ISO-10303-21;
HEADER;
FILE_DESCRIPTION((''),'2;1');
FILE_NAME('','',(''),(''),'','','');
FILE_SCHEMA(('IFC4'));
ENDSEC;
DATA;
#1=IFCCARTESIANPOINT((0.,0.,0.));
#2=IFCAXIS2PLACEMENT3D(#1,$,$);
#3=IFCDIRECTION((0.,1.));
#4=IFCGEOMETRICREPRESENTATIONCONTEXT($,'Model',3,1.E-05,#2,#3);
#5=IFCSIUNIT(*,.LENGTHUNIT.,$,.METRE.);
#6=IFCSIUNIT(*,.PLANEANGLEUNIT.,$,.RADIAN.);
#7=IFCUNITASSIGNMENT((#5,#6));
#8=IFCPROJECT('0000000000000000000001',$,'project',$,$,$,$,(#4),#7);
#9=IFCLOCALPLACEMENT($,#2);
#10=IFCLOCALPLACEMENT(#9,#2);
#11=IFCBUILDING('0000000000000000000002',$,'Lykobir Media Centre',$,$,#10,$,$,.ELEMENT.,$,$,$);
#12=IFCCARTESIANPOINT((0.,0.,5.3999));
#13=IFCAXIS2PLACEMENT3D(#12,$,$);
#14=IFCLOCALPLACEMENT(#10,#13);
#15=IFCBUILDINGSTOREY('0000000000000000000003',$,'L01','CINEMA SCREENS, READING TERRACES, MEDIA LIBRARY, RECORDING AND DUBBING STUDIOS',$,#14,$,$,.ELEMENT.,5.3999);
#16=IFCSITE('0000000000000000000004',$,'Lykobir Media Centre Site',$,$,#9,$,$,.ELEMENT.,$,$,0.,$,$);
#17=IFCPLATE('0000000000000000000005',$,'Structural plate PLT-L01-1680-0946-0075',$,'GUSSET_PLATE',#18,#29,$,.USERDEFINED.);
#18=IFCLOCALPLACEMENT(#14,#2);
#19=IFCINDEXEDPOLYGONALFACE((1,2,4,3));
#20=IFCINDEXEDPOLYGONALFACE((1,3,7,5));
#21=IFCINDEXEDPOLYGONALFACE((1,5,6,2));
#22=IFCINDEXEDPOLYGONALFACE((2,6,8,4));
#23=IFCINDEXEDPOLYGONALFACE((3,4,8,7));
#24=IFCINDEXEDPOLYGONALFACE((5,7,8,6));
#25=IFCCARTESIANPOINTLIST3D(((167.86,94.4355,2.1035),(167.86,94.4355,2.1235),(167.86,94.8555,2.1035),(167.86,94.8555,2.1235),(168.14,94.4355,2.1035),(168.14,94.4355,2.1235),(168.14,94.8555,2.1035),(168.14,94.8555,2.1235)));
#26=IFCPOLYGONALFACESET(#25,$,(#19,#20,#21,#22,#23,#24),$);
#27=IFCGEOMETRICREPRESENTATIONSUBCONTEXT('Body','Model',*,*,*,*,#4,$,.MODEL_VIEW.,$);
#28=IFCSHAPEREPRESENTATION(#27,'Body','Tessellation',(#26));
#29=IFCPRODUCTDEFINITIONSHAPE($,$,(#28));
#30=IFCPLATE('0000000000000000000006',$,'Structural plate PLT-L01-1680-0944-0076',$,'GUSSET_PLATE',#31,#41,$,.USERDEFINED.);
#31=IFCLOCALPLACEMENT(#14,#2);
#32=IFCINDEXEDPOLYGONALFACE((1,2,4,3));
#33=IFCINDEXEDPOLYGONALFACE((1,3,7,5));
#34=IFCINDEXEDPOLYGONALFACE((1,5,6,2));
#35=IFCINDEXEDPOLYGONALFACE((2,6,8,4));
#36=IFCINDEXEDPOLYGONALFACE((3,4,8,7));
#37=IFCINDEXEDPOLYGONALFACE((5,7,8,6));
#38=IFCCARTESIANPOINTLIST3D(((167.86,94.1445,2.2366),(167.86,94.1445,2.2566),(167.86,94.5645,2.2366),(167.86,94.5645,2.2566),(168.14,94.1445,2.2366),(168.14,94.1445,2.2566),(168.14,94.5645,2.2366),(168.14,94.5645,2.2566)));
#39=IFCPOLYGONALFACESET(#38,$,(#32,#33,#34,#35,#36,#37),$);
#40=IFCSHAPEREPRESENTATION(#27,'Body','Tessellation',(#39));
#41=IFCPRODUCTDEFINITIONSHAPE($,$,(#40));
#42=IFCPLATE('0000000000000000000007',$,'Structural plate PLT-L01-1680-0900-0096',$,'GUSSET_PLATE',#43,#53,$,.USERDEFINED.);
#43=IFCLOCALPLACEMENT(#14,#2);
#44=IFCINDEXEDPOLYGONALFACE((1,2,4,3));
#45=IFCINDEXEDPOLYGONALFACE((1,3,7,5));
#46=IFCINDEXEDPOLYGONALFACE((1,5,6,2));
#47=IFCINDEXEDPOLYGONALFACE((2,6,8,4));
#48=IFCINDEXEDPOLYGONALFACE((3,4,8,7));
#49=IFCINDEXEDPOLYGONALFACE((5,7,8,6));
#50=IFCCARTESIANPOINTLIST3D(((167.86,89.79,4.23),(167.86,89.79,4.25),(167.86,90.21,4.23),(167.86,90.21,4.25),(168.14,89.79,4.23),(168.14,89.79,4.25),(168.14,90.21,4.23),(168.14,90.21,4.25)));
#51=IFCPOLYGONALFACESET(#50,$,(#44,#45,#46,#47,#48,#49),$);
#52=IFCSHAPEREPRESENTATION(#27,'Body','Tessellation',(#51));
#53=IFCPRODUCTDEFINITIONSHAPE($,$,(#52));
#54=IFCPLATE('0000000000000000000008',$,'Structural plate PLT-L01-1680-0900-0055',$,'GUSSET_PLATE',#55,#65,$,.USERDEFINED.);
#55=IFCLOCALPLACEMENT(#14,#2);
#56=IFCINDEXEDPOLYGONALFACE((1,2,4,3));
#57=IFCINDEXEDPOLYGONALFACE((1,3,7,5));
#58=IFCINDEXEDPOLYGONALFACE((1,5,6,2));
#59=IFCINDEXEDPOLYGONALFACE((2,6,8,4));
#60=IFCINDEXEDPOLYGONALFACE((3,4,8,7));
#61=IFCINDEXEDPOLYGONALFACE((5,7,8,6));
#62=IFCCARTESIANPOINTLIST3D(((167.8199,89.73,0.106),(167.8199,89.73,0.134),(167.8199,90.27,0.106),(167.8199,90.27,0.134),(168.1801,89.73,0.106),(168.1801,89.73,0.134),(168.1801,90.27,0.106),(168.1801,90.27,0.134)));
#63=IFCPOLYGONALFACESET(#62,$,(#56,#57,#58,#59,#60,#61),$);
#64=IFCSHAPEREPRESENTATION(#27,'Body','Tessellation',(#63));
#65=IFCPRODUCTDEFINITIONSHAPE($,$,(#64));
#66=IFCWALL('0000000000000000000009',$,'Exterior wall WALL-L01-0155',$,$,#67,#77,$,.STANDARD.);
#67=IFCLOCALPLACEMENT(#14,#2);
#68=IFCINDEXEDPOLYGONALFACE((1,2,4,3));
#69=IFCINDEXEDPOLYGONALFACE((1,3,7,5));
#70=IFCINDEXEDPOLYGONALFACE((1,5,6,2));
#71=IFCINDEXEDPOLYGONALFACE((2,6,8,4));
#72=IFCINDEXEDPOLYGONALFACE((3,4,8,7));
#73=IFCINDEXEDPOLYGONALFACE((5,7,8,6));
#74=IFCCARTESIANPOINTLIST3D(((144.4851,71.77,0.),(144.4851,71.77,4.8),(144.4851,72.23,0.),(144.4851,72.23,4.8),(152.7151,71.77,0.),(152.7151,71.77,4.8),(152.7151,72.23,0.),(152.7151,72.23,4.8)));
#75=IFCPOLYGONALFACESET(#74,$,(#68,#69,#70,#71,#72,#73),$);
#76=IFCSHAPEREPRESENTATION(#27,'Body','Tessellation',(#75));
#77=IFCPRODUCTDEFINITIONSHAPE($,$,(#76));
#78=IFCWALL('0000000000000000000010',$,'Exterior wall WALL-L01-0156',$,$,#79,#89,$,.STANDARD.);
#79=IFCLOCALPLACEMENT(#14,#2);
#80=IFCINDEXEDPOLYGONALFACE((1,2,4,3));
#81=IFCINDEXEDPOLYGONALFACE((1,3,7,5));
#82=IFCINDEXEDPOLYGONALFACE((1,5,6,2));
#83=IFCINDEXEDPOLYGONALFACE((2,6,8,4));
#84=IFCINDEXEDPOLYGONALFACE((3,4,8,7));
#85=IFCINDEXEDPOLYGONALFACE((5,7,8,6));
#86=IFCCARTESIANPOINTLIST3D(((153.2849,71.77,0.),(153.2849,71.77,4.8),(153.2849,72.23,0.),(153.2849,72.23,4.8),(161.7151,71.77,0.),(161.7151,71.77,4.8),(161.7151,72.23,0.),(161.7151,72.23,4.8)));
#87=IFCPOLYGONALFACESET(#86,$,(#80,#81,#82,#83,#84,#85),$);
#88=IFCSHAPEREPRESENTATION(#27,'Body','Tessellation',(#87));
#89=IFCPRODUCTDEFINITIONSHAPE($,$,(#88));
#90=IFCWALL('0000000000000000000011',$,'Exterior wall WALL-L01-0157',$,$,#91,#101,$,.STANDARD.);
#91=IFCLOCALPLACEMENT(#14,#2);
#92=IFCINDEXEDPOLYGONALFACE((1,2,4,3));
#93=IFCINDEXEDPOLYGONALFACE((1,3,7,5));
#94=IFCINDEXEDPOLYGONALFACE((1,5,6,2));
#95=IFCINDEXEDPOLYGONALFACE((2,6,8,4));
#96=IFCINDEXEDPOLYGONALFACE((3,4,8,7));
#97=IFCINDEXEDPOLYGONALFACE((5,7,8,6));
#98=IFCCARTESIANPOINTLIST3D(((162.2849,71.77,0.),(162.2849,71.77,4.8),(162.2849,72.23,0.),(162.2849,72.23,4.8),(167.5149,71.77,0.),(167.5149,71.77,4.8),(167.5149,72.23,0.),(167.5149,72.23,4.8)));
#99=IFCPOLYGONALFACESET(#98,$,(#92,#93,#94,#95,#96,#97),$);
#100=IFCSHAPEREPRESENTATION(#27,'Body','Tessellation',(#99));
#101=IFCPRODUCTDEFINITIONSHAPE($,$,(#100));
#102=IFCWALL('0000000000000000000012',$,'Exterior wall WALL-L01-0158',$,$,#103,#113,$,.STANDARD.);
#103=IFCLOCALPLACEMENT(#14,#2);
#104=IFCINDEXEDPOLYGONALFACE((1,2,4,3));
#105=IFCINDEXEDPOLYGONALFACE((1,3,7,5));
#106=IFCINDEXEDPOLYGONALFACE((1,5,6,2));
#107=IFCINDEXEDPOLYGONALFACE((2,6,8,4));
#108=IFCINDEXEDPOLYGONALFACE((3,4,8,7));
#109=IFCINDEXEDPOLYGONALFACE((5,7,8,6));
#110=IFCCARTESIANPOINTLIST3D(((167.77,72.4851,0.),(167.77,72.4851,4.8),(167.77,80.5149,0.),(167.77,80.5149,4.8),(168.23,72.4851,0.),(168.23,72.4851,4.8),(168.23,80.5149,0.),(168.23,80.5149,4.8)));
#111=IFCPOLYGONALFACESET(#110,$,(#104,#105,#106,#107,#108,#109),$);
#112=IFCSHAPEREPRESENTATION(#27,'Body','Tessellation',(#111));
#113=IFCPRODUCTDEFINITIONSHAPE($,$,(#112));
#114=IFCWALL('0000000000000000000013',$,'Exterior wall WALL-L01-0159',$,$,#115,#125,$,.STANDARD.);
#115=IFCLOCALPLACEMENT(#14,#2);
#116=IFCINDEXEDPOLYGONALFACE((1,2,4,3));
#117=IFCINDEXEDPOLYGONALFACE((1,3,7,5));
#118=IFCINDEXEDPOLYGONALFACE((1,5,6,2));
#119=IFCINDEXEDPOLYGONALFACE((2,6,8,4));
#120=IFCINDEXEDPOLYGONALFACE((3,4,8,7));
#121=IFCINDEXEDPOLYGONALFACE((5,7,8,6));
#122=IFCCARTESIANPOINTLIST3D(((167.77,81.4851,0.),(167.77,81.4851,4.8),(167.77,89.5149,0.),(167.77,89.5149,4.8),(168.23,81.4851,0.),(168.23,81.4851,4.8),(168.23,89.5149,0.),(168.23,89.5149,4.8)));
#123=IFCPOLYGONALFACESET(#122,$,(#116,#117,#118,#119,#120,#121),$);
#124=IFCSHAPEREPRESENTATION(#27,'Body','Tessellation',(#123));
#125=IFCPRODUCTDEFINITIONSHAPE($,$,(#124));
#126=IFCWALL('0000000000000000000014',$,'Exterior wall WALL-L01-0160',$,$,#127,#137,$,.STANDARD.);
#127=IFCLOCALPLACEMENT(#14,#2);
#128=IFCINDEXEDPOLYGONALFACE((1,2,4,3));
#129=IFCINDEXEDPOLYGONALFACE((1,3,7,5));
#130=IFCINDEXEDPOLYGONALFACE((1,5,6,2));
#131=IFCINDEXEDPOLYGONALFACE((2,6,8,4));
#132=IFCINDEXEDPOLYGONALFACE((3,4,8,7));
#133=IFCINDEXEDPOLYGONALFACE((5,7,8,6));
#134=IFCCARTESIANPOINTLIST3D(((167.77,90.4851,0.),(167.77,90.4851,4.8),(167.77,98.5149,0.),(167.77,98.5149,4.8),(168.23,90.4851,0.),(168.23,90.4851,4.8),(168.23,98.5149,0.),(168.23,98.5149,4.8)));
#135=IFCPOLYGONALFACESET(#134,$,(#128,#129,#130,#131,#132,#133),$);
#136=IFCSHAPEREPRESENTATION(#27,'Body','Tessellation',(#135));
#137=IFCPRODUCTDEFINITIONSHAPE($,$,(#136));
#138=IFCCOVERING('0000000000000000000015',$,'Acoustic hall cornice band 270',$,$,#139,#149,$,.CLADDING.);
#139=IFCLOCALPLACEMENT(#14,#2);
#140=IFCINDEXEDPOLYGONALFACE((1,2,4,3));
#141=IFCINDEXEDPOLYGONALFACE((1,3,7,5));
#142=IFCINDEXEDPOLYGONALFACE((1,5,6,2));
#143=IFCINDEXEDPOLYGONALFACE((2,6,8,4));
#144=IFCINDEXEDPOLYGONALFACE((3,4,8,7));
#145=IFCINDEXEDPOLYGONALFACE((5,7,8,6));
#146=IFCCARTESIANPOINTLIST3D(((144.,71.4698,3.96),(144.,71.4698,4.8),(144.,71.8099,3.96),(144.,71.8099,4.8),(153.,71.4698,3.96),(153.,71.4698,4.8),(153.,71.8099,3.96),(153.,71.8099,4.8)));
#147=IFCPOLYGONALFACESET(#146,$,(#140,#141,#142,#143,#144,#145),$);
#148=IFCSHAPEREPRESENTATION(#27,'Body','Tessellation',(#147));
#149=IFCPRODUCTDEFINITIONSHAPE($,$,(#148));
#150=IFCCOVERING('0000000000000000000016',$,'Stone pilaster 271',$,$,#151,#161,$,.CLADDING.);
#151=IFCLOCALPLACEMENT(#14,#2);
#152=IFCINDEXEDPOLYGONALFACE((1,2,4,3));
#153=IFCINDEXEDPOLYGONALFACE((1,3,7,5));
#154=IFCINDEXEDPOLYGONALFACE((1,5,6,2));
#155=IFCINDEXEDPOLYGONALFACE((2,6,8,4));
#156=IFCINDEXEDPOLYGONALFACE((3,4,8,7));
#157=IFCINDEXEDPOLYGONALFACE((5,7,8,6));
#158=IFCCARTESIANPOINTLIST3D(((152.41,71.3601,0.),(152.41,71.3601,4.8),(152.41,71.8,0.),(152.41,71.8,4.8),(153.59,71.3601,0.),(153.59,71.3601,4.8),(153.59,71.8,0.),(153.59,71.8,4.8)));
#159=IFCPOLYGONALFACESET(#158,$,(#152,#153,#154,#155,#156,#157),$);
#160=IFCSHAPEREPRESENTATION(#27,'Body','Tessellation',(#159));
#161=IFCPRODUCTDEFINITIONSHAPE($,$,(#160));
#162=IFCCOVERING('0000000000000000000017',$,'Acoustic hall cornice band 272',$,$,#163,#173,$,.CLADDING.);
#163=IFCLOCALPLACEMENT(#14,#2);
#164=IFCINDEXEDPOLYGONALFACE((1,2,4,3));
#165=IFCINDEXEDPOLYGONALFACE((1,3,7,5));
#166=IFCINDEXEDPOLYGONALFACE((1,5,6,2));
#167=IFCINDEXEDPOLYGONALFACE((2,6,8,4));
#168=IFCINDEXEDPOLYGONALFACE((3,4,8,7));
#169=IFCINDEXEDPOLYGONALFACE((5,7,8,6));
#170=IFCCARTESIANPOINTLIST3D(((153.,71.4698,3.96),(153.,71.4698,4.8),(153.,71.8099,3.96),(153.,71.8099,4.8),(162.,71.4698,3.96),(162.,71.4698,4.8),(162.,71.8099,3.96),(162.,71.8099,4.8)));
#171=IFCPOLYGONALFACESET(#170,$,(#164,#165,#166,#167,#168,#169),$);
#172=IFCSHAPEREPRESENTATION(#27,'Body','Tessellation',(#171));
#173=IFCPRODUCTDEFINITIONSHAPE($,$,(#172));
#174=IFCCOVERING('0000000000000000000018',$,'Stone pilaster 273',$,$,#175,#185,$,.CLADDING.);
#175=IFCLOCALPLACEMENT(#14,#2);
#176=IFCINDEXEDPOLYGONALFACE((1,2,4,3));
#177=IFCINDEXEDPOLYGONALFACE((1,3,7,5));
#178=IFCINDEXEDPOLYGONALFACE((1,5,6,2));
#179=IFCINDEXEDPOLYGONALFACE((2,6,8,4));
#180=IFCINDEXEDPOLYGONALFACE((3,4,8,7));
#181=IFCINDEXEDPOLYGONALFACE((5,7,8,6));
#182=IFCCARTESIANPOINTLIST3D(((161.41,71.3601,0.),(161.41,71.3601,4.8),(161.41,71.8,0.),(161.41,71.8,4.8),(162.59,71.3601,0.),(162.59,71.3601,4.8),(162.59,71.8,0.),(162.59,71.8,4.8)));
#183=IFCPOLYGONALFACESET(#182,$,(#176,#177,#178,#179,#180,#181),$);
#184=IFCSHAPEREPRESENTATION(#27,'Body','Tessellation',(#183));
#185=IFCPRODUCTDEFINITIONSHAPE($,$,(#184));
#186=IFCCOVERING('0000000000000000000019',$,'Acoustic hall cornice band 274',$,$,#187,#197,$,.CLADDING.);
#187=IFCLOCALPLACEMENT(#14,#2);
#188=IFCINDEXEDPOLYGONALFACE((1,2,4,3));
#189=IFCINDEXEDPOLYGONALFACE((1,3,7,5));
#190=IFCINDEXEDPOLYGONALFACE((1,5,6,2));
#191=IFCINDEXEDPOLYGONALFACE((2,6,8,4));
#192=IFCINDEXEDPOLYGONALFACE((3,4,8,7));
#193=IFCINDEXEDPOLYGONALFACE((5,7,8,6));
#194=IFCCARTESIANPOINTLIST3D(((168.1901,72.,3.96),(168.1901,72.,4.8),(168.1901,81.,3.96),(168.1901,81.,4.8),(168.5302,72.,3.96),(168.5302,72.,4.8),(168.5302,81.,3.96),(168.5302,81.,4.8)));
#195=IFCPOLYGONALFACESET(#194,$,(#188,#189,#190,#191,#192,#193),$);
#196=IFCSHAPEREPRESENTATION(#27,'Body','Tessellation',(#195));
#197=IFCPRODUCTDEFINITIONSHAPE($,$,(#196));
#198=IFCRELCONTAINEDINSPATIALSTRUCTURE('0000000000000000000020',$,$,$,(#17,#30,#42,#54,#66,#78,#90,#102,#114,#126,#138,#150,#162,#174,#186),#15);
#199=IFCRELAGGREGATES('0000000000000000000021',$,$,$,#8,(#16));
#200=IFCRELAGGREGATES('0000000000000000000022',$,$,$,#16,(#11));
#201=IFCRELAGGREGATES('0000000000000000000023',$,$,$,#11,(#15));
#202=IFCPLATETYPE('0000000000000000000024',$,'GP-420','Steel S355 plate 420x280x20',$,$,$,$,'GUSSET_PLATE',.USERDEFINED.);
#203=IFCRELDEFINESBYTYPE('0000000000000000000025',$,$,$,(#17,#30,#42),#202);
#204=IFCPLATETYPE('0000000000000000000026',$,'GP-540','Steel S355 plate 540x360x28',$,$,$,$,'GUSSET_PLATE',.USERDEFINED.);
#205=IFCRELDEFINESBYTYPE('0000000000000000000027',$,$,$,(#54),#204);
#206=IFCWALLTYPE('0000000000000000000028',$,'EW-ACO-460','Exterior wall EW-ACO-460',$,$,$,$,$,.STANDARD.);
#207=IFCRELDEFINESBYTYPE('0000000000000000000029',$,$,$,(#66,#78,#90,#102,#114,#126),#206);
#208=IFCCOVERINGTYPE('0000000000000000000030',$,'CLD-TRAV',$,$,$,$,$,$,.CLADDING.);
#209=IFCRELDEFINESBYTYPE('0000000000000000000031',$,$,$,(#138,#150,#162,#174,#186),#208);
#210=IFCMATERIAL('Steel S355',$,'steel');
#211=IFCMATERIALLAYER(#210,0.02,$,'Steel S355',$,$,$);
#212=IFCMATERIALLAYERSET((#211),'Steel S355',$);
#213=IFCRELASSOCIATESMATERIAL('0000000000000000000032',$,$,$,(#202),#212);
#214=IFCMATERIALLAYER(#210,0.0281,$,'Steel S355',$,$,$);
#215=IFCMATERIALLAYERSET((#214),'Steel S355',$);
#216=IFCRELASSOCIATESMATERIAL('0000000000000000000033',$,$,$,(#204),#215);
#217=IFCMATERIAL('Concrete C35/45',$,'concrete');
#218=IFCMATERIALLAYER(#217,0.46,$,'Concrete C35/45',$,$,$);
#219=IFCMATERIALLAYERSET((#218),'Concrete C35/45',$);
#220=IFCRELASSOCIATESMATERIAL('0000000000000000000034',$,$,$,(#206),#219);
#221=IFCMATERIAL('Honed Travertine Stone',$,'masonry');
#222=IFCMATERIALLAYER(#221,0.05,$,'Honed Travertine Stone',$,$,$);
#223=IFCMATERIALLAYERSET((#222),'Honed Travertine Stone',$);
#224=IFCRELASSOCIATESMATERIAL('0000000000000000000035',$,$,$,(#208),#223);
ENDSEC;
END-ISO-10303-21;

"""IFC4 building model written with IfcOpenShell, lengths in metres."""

from ifc_helpers import new_model, si_unit, direction, frame, frame_2d, origin, origin_2d, place, context, subcontext, project, spatial, rectangle, extrude, material, layer, layer_set, type_object, element, save


model = new_model("IFC4")

# Units and contexts
model_context = context("Model", 3, precision=1e-05, world=origin(), true_north=direction((0.0, 1.0)))
body_context = subcontext(model_context, "Body", "Model", "MODEL_VIEW")
ifc_project = project(units=[si_unit("LENGTHUNIT", "METRE"), si_unit("PLANEANGLEUNIT", "RADIAN")], contexts=[model_context])

# Site, building, storey
site_placement = place(None, origin())
site = spatial("IfcSite", under=ifc_project, at=site_placement, Name="Lykobir Media Centre Site", CompositionType="ELEMENT", RefElevation=0.0)
building_placement = place(site_placement, origin())
building = spatial("IfcBuilding", under=site, at=building_placement, Name="Lykobir Media Centre", CompositionType="ELEMENT")
storey_placement = place(building_placement, frame((0.0, 0.0, 5.3999)))
storey = spatial("IfcBuildingStorey", under=building, at=storey_placement, Name="L01", Description="CINEMA SCREENS, READING TERRACES, MEDIA LIBRARY, RECORDING AND DUBBING STUDIOS", CompositionType="ELEMENT", Elevation=5.3999)

# Shared definitions
ifc_material_1 = material(Name="Honed Travertine Stone", Category="masonry")

# Shared definitions
ifc_material_2 = material(Name="Steel S355", Category="steel")

# Plates
ifc_layer_1 = layer(ifc_material_2, 0.02, Name="Steel S355")
ifc_layer_set_1 = layer_set([ifc_layer_1], Name="Steel S355")
plate_type_1 = type_object("IfcPlateType", Name="GP-420", Description="Steel S355 plate 420x280x20", ElementType="GUSSET_PLATE", PredefinedType="USERDEFINED", material=ifc_layer_set_1)
for number, where, z_axis, x_axis, name in (
    (1, (168.0, 94.6455, 2.1035), (0.0, 0.0, 1.0), (0.0, 1.0, 0.0), "Structural plate PLT-L01-1680-0946-0075"),
    (2, (168.0, 94.3545, 2.2366), (0.0, 0.0, 1.0), (0.0, 1.0, 0.0), "Structural plate PLT-L01-1680-0944-0076"),
    (3, (168.0, 90.0, 4.23), (0.0, 0.0, 1.0), (0.0, 1.0, 0.0), "Structural plate PLT-L01-1680-0900-0096"),
):
    element("IfcPlate", number, at=place(storey_placement, frame(where, z_axis=z_axis, x_axis=x_axis)), inside=storey, type_object=plate_type_1, Name=name, ObjectType="GUSSET_PLATE", PredefinedType="USERDEFINED", context=body_context, shape_type="SweptSolid", body=[
        extrude(rectangle(XDim=0.4199, YDim=0.28, at=origin_2d()), origin(), (0.0, 0.0, 1.0), 0.02),
    ])
ifc_layer_2 = layer(ifc_material_2, 0.0281, Name="Steel S355")
ifc_layer_set_2 = layer_set([ifc_layer_2], Name="Steel S355")
plate_type_2 = type_object("IfcPlateType", Name="GP-540", Description="Steel S355 plate 540x360x28", ElementType="GUSSET_PLATE", PredefinedType="USERDEFINED", material=ifc_layer_set_2)
plate_1_placement = place(storey_placement, frame((168.0, 90.0, 0.106), z_axis=(0.0, 0.0, 1.0), x_axis=(0.0, 1.0, 0.0)))
element("IfcPlate", 4, at=plate_1_placement, inside=storey, type_object=plate_type_2, Name="Structural plate PLT-L01-1680-0900-0055", ObjectType="GUSSET_PLATE", PredefinedType="USERDEFINED", context=body_context, shape_type="SweptSolid", body=[
    extrude(rectangle(XDim=0.54, YDim=0.3601, at=origin_2d()), origin(), (0.0, 0.0, 1.0), 0.0281),
])

# Walls
ifc_material_3 = material(Name="Concrete C35/45", Category="concrete")
ifc_layer_3 = layer(ifc_material_3, 0.46, Name="Concrete C35/45")
ifc_layer_set_3 = layer_set([ifc_layer_3], Name="Concrete C35/45")
wall_type = type_object("IfcWallType", Name="EW-ACO-460", Description="Exterior wall EW-ACO-460", PredefinedType="STANDARD", material=ifc_layer_set_3)
wall_1_placement = place(storey_placement, frame((144.4851, 72.0, 0.0), z_axis=(0.0, 0.0, 1.0), x_axis=(1.0, 0.0, 0.0)))
element("IfcWall", 5, at=wall_1_placement, inside=storey, type_object=wall_type, Name="Exterior wall WALL-L01-0155", PredefinedType="STANDARD", context=body_context, shape_type="SweptSolid", body=[
    extrude(rectangle(XDim=8.23, YDim=0.46, at=frame_2d((4.115, 0.0))), origin(), (0.0, 0.0, 1.0), 4.8),
])
wall_2_placement = place(storey_placement, frame((153.2849, 72.0, 0.0), z_axis=(0.0, 0.0, 1.0), x_axis=(1.0, 0.0, 0.0)))
element("IfcWall", 6, at=wall_2_placement, inside=storey, type_object=wall_type, Name="Exterior wall WALL-L01-0156", PredefinedType="STANDARD", context=body_context, shape_type="SweptSolid", body=[
    extrude(rectangle(XDim=8.4302, YDim=0.46, at=frame_2d((4.2151, 0.0))), origin(), (0.0, 0.0, 1.0), 4.8),
])
wall_3_placement = place(storey_placement, frame((162.2849, 72.0, 0.0), z_axis=(0.0, 0.0, 1.0), x_axis=(1.0, 0.0, 0.0)))
element("IfcWall", 7, at=wall_3_placement, inside=storey, type_object=wall_type, Name="Exterior wall WALL-L01-0157", PredefinedType="STANDARD", context=body_context, shape_type="SweptSolid", body=[
    extrude(rectangle(XDim=5.23, YDim=0.46, at=frame_2d((2.615, 0.0))), origin(), (0.0, 0.0, 1.0), 4.8),
])
for number, where, z_axis, x_axis, name in (
    (8, (168.0, 72.4851, 0.0), (0.0, 0.0, 1.0), (0.0, 1.0, 0.0), "Exterior wall WALL-L01-0158"),
    (9, (168.0, 81.4851, 0.0), (0.0, 0.0, 1.0), (0.0, 1.0, 0.0), "Exterior wall WALL-L01-0159"),
    (10, (168.0, 90.4851, 0.0), (0.0, 0.0, 1.0), (0.0, 1.0, 0.0), "Exterior wall WALL-L01-0160"),
):
    element("IfcWall", number, at=place(storey_placement, frame(where, z_axis=z_axis, x_axis=x_axis)), inside=storey, type_object=wall_type, Name=name, PredefinedType="STANDARD", context=body_context, shape_type="SweptSolid", body=[
        extrude(rectangle(XDim=8.0298, YDim=0.46, at=frame_2d((4.0149, 0.0))), origin(), (0.0, 0.0, 1.0), 4.8),
    ])

# Coverings
ifc_layer_4 = layer(ifc_material_1, 0.05, Name="Honed Travertine Stone")
ifc_layer_set_4 = layer_set([ifc_layer_4], Name="Honed Travertine Stone")
covering_type = type_object("IfcCoveringType", Name="CLD-TRAV", PredefinedType="CLADDING", material=ifc_layer_set_4)
covering_1_placement = place(storey_placement, frame((148.5, 71.6399, 3.96), z_axis=(0.0, 0.0, 1.0), x_axis=(1.0, 0.0, 0.0)))
element("IfcCovering", 11, at=covering_1_placement, inside=storey, type_object=covering_type, Name="Acoustic hall cornice band 270", PredefinedType="CLADDING", context=body_context, shape_type="SweptSolid", body=[
    extrude(rectangle(XDim=9.0, YDim=0.3401, at=origin_2d()), origin(), (0.0, 0.0, 1.0), 0.8401),
])
covering_2_placement = place(storey_placement, frame((153.0, 71.5801, 0.0), z_axis=(0.0, 0.0, 1.0), x_axis=(1.0, 0.0, 0.0)))
element("IfcCovering", 12, at=covering_2_placement, inside=storey, type_object=covering_type, Name="Stone pilaster 271", PredefinedType="CLADDING", context=body_context, shape_type="SweptSolid", body=[
    extrude(rectangle(XDim=1.1799, YDim=0.4399, at=origin_2d()), origin(), (0.0, 0.0, 1.0), 4.8),
])
covering_3_placement = place(storey_placement, frame((157.5, 71.6399, 3.96), z_axis=(0.0, 0.0, 1.0), x_axis=(1.0, 0.0, 0.0)))
element("IfcCovering", 13, at=covering_3_placement, inside=storey, type_object=covering_type, Name="Acoustic hall cornice band 272", PredefinedType="CLADDING", context=body_context, shape_type="SweptSolid", body=[
    extrude(rectangle(XDim=9.0, YDim=0.3401, at=origin_2d()), origin(), (0.0, 0.0, 1.0), 0.8401),
])
covering_4_placement = place(storey_placement, frame((162.0, 71.5801, 0.0), z_axis=(0.0, 0.0, 1.0), x_axis=(1.0, 0.0, 0.0)))
element("IfcCovering", 14, at=covering_4_placement, inside=storey, type_object=covering_type, Name="Stone pilaster 273", PredefinedType="CLADDING", context=body_context, shape_type="SweptSolid", body=[
    extrude(rectangle(XDim=1.1799, YDim=0.4399, at=origin_2d()), origin(), (0.0, 0.0, 1.0), 4.8),
])
covering_5_placement = place(storey_placement, frame((168.3601, 76.5, 3.96), z_axis=(0.0, 0.0, 1.0), x_axis=(0.0, 1.0, 0.0)))
element("IfcCovering", 15, at=covering_5_placement, inside=storey, type_object=covering_type, Name="Acoustic hall cornice band 274", PredefinedType="CLADDING", context=body_context, shape_type="SweptSolid", body=[
    extrude(rectangle(XDim=9.0, YDim=0.3401, at=origin_2d()), origin(), (0.0, 0.0, 1.0), 0.8401),
])

save(model, "model.ifc")
